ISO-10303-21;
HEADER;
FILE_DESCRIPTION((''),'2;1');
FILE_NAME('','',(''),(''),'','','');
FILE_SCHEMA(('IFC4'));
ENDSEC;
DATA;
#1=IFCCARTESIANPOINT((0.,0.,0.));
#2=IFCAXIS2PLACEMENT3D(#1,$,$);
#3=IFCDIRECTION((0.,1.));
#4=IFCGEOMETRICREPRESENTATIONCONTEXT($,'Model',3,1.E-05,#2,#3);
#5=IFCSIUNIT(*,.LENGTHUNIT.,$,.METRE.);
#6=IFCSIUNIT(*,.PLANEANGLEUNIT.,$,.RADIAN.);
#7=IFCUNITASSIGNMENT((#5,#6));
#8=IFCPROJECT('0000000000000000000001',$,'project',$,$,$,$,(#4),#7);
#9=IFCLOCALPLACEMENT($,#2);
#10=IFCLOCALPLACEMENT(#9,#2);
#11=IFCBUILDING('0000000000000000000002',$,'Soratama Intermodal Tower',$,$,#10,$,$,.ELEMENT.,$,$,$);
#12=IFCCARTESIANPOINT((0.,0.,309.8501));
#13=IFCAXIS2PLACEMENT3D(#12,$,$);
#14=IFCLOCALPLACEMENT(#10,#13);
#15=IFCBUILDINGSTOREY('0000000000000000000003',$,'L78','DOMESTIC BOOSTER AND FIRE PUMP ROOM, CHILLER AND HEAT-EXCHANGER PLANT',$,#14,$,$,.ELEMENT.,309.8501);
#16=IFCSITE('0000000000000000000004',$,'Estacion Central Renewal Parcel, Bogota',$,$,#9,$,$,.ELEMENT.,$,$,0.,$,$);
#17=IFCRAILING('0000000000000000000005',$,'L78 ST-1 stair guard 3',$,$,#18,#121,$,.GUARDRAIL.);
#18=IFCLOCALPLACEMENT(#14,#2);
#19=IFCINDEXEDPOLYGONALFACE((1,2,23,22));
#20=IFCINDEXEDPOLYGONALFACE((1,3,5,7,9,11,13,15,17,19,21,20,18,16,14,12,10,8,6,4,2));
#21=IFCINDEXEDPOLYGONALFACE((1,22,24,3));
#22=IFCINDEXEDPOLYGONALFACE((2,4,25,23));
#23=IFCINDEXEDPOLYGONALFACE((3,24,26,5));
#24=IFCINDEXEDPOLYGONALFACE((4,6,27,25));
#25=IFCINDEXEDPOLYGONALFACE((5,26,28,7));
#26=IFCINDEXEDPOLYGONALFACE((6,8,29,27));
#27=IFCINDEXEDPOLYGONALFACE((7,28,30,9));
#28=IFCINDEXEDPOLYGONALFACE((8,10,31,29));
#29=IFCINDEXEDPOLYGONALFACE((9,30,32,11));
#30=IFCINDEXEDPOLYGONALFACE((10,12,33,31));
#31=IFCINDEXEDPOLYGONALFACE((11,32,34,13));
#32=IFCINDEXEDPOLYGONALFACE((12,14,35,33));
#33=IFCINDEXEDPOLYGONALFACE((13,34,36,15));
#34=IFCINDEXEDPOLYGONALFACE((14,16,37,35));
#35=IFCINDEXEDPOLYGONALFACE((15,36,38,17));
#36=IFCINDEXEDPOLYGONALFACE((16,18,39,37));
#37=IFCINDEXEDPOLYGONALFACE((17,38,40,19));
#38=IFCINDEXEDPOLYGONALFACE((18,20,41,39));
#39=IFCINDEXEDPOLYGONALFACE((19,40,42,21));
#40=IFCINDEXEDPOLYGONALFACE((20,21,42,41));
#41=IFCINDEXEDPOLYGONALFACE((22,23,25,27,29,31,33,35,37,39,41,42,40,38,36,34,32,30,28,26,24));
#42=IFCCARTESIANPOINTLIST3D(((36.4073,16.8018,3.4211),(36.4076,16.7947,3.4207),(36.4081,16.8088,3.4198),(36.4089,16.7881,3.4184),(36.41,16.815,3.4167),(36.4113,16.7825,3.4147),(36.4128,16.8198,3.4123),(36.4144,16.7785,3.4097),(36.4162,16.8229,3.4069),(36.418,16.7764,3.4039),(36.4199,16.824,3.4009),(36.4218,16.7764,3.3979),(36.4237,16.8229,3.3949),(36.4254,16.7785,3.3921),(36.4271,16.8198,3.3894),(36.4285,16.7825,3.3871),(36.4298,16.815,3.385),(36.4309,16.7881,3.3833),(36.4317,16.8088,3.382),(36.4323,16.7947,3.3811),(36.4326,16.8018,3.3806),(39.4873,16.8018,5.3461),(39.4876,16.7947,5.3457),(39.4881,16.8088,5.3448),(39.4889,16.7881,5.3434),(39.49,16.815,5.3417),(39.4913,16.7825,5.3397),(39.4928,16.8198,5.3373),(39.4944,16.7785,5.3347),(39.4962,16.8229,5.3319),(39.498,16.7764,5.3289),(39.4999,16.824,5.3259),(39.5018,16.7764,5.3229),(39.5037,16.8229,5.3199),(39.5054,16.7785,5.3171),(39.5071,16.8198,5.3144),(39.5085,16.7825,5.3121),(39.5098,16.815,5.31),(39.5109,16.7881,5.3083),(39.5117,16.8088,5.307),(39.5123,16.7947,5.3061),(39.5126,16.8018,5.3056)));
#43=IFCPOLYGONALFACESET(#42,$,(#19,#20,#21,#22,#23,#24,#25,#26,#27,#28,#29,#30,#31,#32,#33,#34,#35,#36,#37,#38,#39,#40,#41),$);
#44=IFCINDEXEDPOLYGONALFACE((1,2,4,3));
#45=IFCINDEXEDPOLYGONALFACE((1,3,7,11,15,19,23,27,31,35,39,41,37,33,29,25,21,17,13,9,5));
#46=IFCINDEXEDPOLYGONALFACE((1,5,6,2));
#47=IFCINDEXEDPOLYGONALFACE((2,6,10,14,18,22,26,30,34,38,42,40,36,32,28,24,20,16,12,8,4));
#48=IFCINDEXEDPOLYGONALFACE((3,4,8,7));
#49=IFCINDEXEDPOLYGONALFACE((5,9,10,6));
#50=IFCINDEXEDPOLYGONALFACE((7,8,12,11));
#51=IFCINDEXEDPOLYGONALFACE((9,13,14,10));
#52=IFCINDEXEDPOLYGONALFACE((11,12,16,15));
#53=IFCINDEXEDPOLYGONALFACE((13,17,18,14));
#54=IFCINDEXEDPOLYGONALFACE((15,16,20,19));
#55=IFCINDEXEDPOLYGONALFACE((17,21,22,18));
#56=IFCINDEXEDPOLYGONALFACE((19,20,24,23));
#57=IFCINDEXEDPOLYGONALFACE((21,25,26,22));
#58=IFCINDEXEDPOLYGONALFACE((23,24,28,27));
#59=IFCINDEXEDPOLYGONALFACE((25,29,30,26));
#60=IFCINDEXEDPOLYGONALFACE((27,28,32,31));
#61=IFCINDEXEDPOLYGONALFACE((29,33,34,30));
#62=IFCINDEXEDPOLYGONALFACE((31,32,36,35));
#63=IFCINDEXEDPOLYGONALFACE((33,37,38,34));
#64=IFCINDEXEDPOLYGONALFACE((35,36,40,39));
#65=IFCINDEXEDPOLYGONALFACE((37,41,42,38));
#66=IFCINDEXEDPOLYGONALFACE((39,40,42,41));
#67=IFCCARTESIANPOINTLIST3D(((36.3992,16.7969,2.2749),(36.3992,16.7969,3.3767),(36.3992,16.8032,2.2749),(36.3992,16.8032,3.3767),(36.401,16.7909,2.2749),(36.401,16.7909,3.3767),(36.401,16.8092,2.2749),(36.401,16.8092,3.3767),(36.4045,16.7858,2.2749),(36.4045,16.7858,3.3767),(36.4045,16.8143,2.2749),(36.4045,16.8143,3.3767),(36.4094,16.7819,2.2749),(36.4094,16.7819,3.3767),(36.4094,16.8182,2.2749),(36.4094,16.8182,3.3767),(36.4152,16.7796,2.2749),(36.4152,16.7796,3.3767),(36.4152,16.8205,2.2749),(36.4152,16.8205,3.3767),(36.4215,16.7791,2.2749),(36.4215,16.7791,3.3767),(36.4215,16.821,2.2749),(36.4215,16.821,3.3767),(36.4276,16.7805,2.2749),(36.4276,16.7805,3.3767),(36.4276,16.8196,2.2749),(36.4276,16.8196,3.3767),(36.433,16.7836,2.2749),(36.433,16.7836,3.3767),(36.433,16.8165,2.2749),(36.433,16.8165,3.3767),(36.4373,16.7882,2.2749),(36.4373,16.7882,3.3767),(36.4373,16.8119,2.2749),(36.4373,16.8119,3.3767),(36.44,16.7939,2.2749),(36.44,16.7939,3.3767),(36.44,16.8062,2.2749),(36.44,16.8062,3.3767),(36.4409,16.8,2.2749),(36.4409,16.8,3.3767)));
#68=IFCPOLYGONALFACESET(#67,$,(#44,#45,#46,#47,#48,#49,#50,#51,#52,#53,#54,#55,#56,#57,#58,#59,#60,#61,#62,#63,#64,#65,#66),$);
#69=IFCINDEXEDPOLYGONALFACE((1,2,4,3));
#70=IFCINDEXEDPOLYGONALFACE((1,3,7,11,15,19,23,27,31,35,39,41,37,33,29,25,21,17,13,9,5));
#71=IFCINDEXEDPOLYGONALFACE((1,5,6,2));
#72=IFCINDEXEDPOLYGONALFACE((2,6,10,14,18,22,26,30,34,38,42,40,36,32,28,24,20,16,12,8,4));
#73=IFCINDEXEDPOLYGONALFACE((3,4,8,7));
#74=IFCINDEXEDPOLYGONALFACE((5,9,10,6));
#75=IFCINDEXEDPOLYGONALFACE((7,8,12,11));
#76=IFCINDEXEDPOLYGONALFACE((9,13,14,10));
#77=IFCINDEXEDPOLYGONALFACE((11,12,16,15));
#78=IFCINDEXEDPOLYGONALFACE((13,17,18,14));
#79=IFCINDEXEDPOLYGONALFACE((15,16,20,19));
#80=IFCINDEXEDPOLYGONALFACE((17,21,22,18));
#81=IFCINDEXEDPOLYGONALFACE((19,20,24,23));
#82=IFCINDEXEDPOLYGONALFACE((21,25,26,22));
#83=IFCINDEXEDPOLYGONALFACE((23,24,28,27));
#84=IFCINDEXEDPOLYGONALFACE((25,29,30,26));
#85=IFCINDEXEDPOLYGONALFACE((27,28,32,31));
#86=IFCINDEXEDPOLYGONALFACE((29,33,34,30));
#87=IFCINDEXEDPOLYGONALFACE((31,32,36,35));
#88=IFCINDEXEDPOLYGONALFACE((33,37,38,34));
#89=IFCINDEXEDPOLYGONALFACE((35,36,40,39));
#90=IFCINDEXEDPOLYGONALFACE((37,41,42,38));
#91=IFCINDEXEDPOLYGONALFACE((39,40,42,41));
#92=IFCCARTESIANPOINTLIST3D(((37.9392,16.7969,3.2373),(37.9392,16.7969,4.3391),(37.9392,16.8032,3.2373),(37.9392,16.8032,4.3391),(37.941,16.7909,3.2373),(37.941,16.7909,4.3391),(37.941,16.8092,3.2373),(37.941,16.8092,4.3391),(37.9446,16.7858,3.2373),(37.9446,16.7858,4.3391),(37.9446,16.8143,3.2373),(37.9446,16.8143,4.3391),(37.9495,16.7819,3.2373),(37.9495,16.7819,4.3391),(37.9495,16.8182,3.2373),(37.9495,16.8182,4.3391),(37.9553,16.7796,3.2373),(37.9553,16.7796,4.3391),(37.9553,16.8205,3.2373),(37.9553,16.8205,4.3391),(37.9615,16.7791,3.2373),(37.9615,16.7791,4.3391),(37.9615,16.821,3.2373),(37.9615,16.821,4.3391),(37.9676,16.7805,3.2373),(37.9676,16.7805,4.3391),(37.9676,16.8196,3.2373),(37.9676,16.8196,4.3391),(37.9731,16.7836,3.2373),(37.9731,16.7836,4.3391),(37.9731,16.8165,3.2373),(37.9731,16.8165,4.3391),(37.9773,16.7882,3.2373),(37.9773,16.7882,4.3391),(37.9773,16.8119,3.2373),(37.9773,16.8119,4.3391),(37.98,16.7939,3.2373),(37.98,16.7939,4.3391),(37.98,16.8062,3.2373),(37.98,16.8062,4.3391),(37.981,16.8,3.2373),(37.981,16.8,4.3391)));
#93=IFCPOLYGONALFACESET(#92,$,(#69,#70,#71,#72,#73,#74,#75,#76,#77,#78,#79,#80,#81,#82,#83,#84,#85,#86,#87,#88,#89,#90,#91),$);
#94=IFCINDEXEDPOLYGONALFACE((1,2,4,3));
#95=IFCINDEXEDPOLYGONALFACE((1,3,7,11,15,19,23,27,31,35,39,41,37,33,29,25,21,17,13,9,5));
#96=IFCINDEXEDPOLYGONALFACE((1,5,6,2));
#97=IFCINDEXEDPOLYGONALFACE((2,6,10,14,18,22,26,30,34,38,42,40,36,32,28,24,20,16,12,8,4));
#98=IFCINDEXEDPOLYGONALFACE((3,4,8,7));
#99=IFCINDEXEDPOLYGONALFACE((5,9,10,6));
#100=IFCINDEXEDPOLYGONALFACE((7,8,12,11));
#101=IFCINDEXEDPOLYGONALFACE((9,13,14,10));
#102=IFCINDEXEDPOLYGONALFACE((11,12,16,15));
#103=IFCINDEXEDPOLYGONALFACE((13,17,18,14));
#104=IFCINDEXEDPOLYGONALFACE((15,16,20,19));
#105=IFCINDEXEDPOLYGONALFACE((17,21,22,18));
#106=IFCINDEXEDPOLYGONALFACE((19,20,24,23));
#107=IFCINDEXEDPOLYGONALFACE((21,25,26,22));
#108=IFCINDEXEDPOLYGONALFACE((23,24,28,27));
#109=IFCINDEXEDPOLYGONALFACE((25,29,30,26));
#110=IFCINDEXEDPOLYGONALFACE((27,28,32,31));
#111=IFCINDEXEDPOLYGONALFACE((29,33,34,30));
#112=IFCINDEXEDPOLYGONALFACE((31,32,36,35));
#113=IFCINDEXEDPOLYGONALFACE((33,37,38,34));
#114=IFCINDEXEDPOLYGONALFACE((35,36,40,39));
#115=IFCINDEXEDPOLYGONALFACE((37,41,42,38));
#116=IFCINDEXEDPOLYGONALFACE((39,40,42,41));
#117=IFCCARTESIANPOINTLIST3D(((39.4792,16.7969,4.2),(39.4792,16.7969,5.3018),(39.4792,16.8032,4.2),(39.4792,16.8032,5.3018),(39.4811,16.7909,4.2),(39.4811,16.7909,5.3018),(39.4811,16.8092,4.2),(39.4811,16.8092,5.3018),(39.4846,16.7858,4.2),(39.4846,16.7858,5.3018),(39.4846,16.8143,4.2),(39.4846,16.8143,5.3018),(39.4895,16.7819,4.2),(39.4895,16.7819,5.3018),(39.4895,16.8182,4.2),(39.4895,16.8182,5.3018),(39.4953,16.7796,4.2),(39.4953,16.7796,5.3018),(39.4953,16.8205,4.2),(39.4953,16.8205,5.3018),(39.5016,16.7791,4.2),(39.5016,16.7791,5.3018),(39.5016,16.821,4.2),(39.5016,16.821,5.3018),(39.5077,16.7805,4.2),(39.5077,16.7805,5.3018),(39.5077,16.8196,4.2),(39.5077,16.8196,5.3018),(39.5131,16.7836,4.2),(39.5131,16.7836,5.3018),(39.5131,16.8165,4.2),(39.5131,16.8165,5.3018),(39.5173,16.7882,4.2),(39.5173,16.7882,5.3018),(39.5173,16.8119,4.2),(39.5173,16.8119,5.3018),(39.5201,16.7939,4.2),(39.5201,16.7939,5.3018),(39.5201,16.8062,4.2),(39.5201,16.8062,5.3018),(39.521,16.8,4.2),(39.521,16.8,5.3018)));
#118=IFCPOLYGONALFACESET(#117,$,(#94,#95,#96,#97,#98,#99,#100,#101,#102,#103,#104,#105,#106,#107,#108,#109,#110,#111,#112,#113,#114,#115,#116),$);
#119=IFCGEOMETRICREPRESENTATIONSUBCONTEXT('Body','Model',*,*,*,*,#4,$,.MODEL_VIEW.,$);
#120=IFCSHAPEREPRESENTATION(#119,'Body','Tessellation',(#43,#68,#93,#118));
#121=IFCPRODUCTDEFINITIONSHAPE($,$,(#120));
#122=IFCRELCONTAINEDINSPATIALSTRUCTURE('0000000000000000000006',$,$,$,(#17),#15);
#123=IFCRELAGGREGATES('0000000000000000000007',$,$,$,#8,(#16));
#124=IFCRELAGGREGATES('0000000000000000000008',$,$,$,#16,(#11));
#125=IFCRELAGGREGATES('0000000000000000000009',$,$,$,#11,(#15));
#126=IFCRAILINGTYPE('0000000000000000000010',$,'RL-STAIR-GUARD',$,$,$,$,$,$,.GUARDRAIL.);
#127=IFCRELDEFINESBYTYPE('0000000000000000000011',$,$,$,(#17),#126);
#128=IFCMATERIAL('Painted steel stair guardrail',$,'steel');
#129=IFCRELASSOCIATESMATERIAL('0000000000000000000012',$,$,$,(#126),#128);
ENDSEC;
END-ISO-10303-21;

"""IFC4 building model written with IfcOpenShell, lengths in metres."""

from ifc_helpers import new_model, si_unit, direction, frame, origin, origin_2d, place, context, subcontext, project, spatial, circle, extrude, material, type_object, element, save


model = new_model("IFC4")

# Units and contexts
model_context = context("Model", 3, precision=1e-05, world=origin(), true_north=direction((0.0, 1.0)))
body_context = subcontext(model_context, "Body", "Model", "MODEL_VIEW")
ifc_project = project(units=[si_unit("LENGTHUNIT", "METRE"), si_unit("PLANEANGLEUNIT", "RADIAN")], contexts=[model_context])

# Site, building, storey
site_placement = place(None, origin())
site = spatial("IfcSite", under=ifc_project, at=site_placement, Name="Estacion Central Renewal Parcel, Bogota", CompositionType="ELEMENT", RefElevation=0.0)
building_placement = place(site_placement, origin())
building = spatial("IfcBuilding", under=site, at=building_placement, Name="Soratama Intermodal Tower", CompositionType="ELEMENT")
storey_placement = place(building_placement, frame((0.0, 0.0, 309.8501)))
storey = spatial("IfcBuildingStorey", under=building, at=storey_placement, Name="L78", Description="DOMESTIC BOOSTER AND FIRE PUMP ROOM, CHILLER AND HEAT-EXCHANGER PLANT", CompositionType="ELEMENT", Elevation=309.8501)

# Railing
ifc_material_1 = material(Name="Painted steel stair guardrail", Category="steel")
railing_type_1 = type_object("IfcRailingType", Name="RL-STAIR-GUARD", PredefinedType="GUARDRAIL", material=ifc_material_1)
railing_1_placement = place(storey_placement, frame((36.4199, 16.8, 2.2749)))
element("IfcRailing", 1, at=railing_1_placement, inside=storey, type_object=railing_type_1, Name="L78 ST-1 stair guard 3", PredefinedType="GUARDRAIL", context=body_context, shape_type="SweptSolid", body=[
    extrude(circle(Radius=0.0239, at=origin_2d()), frame((0.0, 0.0, 1.126), z_axis=(0.847998, 0.0, 0.529999), x_axis=(0.0, 1.0, 0.0)), (0.0, 0.0, 1.0), 3.6321),
    extrude(circle(Radius=0.021, at=origin_2d()), origin(), (0.0, 0.0, 1.0), 1.1018),
    extrude(circle(Radius=0.021, at=origin_2d()), frame((1.54, 0.0, 0.9624)), (0.0, 0.0, 1.0), 1.1018),
    extrude(circle(Radius=0.021, at=origin_2d()), frame((3.0801, 0.0, 1.925)), (0.0, 0.0, 1.0), 1.1018),
])

save(model, "model.ifc")
